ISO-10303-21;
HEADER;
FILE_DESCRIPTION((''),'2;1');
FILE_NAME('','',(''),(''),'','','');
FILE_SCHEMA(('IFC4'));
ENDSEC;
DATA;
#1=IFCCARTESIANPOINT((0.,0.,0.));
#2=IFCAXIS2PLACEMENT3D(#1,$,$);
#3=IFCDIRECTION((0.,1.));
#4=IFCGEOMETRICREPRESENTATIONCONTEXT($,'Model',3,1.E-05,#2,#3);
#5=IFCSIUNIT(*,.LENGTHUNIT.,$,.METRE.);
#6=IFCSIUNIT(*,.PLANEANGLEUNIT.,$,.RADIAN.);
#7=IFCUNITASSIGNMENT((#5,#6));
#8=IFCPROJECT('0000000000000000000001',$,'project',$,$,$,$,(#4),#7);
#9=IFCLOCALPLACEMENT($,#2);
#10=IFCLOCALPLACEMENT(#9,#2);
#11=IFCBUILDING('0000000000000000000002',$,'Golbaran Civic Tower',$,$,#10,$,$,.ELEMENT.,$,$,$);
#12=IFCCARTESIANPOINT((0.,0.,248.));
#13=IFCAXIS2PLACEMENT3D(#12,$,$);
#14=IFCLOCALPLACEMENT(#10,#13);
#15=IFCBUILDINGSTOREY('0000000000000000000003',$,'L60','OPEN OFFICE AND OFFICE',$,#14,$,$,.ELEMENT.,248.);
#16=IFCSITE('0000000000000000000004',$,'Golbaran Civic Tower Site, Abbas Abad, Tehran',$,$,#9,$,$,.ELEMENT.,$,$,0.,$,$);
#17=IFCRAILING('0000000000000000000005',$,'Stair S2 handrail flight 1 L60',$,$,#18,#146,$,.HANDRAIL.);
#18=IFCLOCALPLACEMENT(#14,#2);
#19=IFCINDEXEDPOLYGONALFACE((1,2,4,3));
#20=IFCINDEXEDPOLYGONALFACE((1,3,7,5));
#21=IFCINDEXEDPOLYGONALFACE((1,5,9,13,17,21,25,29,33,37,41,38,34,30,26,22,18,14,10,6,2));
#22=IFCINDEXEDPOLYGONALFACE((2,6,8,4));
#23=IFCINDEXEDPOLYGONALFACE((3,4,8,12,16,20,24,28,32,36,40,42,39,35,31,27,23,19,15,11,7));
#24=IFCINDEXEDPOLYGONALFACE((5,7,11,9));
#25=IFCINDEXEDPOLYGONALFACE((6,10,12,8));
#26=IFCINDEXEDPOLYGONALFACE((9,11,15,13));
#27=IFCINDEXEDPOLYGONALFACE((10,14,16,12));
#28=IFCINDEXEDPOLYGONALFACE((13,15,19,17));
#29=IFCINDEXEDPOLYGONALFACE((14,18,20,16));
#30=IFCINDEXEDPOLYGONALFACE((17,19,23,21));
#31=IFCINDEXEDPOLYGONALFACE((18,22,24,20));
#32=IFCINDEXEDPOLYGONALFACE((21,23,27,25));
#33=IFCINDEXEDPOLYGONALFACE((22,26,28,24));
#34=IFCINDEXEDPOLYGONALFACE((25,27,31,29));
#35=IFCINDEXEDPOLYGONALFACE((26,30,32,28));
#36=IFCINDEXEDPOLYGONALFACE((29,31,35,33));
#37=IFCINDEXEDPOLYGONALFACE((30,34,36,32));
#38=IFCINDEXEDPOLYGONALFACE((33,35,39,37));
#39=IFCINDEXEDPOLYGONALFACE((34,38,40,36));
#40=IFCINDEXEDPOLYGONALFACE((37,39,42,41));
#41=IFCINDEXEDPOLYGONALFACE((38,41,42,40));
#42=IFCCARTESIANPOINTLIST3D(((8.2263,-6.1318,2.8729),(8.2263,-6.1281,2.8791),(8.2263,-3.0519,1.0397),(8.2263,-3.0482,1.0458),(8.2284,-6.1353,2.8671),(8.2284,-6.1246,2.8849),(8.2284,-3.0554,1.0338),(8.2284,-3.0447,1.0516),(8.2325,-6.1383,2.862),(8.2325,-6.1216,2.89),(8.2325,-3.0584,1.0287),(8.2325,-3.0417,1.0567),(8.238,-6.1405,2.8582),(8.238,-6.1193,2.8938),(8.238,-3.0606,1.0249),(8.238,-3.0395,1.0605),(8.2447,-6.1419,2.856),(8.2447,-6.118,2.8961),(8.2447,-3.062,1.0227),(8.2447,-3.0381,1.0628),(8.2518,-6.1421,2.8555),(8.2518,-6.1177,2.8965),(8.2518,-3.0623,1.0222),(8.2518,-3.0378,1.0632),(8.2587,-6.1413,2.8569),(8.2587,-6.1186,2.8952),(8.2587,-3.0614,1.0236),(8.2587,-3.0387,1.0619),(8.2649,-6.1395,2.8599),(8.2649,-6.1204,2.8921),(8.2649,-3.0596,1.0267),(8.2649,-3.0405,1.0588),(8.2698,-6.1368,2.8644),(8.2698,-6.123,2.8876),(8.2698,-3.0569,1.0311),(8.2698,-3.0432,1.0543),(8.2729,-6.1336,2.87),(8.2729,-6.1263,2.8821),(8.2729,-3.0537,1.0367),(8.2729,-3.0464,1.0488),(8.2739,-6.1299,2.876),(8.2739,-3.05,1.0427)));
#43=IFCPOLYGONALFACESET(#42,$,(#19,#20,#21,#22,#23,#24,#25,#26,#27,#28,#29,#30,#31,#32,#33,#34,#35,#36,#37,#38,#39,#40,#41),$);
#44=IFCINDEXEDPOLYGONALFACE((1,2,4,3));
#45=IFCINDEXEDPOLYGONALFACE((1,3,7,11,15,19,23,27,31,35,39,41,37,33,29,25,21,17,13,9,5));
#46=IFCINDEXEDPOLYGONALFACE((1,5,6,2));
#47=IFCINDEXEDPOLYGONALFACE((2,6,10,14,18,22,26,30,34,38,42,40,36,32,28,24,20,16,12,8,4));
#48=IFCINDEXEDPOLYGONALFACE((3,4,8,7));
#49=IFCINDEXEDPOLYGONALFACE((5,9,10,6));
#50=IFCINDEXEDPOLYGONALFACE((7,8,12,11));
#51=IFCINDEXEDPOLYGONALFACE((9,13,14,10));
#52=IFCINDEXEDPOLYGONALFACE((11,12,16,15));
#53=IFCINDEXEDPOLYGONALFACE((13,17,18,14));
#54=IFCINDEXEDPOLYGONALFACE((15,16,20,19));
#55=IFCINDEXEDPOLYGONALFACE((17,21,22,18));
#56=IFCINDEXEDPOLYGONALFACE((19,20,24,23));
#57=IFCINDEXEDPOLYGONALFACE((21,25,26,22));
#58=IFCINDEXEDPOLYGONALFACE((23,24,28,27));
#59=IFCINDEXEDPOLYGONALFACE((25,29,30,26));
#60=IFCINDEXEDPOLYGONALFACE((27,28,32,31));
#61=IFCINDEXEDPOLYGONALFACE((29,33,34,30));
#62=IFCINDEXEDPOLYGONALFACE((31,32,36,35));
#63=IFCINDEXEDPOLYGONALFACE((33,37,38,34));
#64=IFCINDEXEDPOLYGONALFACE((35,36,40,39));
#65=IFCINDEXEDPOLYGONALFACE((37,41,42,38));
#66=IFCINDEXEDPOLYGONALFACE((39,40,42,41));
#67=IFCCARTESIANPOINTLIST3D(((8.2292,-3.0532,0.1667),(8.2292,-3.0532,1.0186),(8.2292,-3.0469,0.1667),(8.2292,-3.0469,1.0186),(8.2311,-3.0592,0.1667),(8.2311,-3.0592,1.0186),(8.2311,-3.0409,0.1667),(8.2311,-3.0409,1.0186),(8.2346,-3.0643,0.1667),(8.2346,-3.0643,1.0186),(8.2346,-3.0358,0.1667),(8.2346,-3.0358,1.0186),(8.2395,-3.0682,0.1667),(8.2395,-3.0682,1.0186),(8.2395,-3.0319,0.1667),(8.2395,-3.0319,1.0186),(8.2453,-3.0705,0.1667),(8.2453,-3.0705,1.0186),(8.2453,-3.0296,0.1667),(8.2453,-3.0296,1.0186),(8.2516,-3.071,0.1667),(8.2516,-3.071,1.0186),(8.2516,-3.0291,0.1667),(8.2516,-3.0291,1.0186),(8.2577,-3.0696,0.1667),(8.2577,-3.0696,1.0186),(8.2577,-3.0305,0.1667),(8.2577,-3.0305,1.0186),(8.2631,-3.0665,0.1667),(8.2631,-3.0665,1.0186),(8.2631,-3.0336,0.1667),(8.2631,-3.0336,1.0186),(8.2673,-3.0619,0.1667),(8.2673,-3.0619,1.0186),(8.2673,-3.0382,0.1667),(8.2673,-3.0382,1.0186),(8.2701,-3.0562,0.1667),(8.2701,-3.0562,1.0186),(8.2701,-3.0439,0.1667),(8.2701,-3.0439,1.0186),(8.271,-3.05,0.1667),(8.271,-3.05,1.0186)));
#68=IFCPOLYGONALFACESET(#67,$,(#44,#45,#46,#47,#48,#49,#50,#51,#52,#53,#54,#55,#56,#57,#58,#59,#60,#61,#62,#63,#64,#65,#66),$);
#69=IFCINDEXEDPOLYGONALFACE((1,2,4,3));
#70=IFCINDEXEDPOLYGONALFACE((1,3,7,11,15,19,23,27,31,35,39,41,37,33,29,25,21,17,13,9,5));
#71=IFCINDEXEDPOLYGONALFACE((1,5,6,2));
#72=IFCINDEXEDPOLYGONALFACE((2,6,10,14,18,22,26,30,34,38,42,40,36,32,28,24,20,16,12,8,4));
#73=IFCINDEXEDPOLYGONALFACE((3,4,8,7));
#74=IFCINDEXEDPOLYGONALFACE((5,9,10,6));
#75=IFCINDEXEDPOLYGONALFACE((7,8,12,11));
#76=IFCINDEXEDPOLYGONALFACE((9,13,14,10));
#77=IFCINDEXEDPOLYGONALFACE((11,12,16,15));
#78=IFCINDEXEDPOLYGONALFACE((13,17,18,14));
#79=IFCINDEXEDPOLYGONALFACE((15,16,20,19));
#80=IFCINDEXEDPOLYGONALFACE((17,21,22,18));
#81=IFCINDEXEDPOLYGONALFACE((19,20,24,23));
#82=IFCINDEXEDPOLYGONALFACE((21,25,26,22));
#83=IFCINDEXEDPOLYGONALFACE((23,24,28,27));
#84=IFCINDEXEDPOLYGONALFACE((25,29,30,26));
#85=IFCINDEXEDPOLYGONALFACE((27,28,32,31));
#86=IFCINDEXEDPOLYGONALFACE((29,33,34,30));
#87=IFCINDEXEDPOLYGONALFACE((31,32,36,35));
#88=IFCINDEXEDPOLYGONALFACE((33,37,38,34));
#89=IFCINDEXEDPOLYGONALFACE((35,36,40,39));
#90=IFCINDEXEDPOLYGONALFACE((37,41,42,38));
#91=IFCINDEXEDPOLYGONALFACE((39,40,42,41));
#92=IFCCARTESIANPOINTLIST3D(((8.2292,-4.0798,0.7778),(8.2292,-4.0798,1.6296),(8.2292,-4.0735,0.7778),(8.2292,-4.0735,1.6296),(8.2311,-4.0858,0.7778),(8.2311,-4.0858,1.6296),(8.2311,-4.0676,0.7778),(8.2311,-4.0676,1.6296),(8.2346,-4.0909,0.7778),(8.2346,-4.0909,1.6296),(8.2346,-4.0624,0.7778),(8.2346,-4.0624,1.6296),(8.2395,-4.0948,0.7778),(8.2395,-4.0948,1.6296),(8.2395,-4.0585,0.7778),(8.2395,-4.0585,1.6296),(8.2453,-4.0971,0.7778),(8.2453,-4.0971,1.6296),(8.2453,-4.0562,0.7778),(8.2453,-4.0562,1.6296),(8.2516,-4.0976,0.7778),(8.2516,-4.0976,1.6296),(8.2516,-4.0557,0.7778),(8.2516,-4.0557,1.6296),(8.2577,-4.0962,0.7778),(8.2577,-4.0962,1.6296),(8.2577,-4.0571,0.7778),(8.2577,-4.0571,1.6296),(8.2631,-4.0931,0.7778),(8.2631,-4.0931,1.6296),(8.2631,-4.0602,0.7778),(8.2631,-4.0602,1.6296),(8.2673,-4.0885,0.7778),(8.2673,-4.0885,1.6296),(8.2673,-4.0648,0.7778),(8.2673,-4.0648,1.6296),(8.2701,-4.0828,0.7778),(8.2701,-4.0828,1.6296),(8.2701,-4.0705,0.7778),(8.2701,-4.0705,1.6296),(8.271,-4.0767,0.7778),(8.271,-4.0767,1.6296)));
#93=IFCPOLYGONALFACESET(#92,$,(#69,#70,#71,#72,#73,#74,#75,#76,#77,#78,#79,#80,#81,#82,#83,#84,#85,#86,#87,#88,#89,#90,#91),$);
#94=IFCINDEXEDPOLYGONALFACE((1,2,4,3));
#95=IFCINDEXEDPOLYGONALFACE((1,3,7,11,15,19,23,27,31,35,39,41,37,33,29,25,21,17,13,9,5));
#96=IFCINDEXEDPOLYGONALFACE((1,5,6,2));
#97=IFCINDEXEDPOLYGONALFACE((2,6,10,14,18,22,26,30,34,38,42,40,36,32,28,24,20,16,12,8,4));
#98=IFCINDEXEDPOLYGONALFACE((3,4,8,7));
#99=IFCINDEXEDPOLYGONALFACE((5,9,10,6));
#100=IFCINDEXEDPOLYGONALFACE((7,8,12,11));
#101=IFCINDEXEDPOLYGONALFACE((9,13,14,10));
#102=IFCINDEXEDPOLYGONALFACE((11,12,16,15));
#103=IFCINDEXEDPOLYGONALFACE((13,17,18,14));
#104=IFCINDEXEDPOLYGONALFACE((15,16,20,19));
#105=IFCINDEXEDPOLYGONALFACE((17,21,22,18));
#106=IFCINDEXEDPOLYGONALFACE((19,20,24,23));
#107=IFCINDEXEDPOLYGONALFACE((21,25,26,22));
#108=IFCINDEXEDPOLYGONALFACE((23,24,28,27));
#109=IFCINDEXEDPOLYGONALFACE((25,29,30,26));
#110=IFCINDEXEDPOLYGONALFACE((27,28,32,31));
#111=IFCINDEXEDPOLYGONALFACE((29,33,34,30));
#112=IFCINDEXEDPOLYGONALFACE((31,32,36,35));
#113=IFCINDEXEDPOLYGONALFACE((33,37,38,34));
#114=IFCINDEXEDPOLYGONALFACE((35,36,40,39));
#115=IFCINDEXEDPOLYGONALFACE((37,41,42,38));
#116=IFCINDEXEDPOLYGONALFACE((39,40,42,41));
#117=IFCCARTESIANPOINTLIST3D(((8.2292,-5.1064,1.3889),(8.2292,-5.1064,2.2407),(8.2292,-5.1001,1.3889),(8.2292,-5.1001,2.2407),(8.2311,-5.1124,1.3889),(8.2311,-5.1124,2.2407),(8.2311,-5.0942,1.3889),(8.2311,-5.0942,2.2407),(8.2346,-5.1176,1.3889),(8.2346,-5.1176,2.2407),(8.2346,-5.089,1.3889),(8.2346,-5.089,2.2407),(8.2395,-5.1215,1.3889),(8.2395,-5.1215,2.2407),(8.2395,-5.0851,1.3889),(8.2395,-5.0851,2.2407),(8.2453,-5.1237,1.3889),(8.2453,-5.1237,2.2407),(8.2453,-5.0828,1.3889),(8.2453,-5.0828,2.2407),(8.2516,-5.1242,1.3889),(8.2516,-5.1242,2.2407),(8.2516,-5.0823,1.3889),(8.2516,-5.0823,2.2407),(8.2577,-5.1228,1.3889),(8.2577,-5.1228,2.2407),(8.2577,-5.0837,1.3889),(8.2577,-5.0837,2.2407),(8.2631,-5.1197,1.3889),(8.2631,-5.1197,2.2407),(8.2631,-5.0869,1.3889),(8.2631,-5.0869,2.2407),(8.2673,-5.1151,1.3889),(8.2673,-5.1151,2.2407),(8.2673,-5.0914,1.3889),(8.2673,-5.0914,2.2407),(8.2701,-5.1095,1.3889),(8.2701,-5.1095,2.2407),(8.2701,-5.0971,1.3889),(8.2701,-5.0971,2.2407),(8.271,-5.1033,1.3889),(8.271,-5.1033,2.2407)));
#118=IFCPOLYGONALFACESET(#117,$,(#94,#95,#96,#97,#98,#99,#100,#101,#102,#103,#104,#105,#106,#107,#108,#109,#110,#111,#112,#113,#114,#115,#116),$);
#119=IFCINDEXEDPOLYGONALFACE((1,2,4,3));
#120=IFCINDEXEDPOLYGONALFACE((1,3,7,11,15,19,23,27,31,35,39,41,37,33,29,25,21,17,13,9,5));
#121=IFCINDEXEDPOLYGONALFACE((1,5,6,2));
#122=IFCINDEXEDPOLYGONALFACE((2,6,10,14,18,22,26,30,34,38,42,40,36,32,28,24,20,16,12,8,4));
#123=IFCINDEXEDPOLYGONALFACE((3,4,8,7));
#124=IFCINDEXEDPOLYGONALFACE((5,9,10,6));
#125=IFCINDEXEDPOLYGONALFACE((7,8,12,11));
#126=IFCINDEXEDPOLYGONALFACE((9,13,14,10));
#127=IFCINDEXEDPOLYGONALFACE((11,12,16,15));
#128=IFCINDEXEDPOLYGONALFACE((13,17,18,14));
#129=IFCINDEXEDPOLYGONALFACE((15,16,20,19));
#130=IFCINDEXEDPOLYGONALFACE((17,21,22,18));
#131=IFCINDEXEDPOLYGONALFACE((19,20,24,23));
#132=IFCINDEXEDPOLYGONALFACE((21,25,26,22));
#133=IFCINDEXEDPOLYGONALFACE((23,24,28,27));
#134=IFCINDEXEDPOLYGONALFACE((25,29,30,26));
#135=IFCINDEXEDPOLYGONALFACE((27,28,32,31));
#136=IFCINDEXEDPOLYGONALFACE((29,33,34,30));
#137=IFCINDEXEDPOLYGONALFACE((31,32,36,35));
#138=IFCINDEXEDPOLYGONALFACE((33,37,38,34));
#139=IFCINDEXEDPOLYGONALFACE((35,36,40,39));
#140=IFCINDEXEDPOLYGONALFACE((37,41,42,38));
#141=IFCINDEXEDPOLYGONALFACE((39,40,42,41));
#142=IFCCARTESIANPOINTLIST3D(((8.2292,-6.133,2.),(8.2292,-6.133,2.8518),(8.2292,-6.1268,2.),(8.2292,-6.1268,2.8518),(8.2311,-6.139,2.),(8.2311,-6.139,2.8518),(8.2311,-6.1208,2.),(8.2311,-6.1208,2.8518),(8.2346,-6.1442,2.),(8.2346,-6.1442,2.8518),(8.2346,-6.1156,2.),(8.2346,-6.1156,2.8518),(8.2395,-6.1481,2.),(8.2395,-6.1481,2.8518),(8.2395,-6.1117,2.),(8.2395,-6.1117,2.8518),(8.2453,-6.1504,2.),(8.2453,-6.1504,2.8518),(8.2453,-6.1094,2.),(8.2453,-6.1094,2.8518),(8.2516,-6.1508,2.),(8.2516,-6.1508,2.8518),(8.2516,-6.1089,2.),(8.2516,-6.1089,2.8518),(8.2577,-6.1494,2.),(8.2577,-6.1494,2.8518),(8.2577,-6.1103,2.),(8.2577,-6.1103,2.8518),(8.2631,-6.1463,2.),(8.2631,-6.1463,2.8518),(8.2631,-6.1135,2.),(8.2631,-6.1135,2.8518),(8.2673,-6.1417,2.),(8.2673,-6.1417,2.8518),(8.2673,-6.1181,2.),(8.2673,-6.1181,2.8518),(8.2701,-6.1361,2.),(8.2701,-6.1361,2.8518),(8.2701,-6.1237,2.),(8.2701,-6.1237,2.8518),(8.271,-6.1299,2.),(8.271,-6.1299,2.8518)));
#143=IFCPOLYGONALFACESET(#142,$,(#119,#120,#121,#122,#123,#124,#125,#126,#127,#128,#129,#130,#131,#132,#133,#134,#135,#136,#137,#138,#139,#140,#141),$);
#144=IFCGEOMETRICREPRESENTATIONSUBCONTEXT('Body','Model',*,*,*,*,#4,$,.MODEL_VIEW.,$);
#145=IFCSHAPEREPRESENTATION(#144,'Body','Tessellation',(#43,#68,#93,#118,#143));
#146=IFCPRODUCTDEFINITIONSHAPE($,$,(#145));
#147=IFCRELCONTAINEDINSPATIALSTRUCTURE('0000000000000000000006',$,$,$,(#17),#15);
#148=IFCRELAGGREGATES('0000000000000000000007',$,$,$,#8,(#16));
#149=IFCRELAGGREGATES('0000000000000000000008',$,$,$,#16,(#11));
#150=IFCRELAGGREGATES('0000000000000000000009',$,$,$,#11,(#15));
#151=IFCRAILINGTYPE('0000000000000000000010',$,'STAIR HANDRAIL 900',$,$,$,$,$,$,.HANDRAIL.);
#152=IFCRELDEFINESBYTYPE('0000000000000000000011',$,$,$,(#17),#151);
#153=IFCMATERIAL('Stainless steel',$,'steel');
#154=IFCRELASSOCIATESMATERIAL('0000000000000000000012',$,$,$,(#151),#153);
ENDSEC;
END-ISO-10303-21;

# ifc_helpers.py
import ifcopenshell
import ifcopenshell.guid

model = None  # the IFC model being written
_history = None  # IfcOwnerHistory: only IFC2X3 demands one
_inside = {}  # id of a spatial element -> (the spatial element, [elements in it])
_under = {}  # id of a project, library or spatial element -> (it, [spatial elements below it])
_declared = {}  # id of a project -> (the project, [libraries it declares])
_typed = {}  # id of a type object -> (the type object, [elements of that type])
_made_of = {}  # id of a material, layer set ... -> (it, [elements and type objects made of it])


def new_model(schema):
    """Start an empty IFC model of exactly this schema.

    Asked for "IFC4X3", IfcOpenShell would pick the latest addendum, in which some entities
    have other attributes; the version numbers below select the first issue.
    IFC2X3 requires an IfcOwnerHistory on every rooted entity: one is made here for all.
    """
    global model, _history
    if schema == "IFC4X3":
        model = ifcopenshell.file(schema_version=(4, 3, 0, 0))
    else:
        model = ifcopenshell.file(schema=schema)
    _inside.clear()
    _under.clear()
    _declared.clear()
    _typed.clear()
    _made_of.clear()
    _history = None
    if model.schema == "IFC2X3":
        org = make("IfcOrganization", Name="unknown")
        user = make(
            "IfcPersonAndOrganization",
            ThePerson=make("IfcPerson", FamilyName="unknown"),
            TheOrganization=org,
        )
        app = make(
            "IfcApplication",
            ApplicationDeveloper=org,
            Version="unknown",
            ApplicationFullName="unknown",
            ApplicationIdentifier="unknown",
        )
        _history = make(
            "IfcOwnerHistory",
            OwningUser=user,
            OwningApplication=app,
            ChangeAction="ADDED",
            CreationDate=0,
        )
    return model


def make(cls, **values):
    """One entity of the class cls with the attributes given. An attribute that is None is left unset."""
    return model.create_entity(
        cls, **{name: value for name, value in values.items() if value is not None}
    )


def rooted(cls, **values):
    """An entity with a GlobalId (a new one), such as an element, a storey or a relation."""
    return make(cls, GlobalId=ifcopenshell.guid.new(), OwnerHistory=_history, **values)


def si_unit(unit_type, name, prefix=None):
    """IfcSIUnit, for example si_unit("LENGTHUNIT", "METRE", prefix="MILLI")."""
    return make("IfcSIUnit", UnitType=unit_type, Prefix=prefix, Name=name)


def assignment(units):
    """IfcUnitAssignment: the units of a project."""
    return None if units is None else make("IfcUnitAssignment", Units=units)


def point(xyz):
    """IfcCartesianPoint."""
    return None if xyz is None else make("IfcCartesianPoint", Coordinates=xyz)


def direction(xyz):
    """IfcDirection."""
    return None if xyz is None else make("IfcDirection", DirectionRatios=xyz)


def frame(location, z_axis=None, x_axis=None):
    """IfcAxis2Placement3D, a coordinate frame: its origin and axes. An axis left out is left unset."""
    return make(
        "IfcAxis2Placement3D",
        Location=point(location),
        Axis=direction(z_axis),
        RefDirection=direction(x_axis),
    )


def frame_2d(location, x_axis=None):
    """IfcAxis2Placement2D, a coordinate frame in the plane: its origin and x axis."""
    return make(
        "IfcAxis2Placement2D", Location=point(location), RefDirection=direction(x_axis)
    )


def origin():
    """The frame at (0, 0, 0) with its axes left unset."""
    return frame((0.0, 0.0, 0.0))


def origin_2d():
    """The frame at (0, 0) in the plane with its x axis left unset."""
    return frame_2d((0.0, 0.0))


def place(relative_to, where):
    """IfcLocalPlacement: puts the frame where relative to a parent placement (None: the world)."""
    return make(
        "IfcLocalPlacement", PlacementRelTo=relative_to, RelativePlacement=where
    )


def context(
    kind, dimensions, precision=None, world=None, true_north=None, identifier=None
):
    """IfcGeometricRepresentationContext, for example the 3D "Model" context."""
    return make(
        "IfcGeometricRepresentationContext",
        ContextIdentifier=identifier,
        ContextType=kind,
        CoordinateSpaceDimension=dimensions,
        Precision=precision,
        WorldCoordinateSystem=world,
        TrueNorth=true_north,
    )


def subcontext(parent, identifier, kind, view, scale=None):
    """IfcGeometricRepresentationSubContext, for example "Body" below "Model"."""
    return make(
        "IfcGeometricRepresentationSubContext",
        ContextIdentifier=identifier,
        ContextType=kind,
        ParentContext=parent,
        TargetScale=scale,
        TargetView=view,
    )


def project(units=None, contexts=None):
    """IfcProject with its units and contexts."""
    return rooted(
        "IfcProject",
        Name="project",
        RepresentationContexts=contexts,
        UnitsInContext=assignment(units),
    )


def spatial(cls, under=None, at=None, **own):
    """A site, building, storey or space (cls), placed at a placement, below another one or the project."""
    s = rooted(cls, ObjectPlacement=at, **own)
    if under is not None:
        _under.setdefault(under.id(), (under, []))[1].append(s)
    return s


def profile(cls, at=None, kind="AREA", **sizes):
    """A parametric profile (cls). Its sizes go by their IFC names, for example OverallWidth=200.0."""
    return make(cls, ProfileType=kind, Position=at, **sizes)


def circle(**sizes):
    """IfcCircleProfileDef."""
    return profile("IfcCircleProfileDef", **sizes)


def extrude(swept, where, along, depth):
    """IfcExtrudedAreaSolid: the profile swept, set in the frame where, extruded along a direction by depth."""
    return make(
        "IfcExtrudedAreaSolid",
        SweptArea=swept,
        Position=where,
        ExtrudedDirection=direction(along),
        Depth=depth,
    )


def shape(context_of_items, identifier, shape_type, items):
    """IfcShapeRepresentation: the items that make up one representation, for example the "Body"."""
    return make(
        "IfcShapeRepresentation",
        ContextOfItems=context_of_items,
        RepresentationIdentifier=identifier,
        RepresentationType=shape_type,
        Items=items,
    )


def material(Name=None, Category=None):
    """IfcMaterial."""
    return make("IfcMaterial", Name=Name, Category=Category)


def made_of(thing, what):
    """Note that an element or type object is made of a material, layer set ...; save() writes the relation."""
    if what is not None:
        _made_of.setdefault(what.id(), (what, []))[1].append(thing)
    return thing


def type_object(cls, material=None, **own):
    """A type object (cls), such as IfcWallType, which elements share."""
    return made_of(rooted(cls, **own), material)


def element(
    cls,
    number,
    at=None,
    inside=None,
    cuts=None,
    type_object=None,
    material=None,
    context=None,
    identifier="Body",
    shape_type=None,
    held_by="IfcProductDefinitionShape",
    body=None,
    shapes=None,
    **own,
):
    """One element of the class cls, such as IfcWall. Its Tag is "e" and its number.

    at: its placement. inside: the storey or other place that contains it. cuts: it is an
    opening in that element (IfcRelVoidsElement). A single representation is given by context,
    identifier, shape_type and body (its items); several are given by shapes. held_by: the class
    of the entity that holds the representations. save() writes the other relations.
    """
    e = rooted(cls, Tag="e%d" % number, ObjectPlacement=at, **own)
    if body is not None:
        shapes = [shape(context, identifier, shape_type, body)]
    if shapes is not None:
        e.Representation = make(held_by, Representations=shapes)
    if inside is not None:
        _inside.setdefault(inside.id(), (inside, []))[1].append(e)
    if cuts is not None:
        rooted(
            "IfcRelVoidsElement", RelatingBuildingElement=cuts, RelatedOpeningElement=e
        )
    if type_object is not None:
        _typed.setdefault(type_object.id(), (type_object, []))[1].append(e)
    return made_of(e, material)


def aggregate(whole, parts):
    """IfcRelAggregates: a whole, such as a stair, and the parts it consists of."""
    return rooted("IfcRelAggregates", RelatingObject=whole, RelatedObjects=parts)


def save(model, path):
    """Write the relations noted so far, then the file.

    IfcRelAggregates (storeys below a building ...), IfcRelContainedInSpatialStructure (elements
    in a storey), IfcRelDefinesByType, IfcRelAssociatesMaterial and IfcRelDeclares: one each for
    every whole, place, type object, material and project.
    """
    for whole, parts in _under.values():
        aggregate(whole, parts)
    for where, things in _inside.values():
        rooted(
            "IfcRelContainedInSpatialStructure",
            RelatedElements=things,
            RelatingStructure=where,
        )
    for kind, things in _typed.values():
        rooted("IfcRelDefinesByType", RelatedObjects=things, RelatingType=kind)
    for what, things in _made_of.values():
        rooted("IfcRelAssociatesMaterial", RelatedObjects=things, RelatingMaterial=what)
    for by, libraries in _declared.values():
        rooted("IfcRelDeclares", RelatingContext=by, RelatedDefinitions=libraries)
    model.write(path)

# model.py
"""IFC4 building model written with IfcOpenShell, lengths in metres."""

from ifc_helpers import new_model, si_unit, direction, frame, origin, origin_2d, place, context, subcontext, project, spatial, circle, extrude, material, type_object, element, save


model = new_model("IFC4")

# Units and contexts
model_context = context("Model", 3, precision=1e-05, world=origin(), true_north=direction((0.0, 1.0)))
body_context = subcontext(model_context, "Body", "Model", "MODEL_VIEW")
ifc_project = project(units=[si_unit("LENGTHUNIT", "METRE"), si_unit("PLANEANGLEUNIT", "RADIAN")], contexts=[model_context])

# Site, building, storey
site_placement = place(None, origin())
site = spatial("IfcSite", under=ifc_project, at=site_placement, Name="Golbaran Civic Tower Site, Abbas Abad, Tehran", CompositionType="ELEMENT", RefElevation=0.0)
building_placement = place(site_placement, origin())
building = spatial("IfcBuilding", under=site, at=building_placement, Name="Golbaran Civic Tower", CompositionType="ELEMENT")
storey_placement = place(building_placement, frame((0.0, 0.0, 248.0)))
storey = spatial("IfcBuildingStorey", under=building, at=storey_placement, Name="L60", Description="OPEN OFFICE AND OFFICE", CompositionType="ELEMENT", Elevation=248.0)

# Shared definitions
ifc_material_1 = material(Name="Stainless steel", Category="steel")

# Railing
railing_type = type_object("IfcRailingType", Name="STAIR HANDRAIL 900", PredefinedType="HANDRAIL", material=ifc_material_1)
railing_placement = place(storey_placement, frame((8.25, -3.05, 0.1667)))
element("IfcRailing", 1, at=railing_placement, inside=storey, type_object=railing_type, Name="Stair S2 handrail flight 1 L60", PredefinedType="HANDRAIL", context=body_context, shape_type="SweptSolid", body=[
    extrude(circle(Radius=0.0239, at=origin_2d()), frame((0.0, 0.0, 0.876), z_axis=(0.0, -0.859291, 0.511487), x_axis=(1.0, 0.0, 0.0)), (0.0, 0.0, 1.0), 3.5842),
    extrude(circle(Radius=0.021, at=origin_2d()), origin(), (0.0, 0.0, 1.0), 0.8518),
    extrude(circle(Radius=0.021, at=origin_2d()), frame((0.0, -1.0266, 0.6111)), (0.0, 0.0, 1.0), 0.8518),
    extrude(circle(Radius=0.021, at=origin_2d()), frame((0.0, -2.0532, 1.2222)), (0.0, 0.0, 1.0), 0.8518),
    extrude(circle(Radius=0.021, at=origin_2d()), frame((0.0, -3.0798, 1.8333)), (0.0, 0.0, 1.0), 0.8518),
])

save(model, "model.ifc")
